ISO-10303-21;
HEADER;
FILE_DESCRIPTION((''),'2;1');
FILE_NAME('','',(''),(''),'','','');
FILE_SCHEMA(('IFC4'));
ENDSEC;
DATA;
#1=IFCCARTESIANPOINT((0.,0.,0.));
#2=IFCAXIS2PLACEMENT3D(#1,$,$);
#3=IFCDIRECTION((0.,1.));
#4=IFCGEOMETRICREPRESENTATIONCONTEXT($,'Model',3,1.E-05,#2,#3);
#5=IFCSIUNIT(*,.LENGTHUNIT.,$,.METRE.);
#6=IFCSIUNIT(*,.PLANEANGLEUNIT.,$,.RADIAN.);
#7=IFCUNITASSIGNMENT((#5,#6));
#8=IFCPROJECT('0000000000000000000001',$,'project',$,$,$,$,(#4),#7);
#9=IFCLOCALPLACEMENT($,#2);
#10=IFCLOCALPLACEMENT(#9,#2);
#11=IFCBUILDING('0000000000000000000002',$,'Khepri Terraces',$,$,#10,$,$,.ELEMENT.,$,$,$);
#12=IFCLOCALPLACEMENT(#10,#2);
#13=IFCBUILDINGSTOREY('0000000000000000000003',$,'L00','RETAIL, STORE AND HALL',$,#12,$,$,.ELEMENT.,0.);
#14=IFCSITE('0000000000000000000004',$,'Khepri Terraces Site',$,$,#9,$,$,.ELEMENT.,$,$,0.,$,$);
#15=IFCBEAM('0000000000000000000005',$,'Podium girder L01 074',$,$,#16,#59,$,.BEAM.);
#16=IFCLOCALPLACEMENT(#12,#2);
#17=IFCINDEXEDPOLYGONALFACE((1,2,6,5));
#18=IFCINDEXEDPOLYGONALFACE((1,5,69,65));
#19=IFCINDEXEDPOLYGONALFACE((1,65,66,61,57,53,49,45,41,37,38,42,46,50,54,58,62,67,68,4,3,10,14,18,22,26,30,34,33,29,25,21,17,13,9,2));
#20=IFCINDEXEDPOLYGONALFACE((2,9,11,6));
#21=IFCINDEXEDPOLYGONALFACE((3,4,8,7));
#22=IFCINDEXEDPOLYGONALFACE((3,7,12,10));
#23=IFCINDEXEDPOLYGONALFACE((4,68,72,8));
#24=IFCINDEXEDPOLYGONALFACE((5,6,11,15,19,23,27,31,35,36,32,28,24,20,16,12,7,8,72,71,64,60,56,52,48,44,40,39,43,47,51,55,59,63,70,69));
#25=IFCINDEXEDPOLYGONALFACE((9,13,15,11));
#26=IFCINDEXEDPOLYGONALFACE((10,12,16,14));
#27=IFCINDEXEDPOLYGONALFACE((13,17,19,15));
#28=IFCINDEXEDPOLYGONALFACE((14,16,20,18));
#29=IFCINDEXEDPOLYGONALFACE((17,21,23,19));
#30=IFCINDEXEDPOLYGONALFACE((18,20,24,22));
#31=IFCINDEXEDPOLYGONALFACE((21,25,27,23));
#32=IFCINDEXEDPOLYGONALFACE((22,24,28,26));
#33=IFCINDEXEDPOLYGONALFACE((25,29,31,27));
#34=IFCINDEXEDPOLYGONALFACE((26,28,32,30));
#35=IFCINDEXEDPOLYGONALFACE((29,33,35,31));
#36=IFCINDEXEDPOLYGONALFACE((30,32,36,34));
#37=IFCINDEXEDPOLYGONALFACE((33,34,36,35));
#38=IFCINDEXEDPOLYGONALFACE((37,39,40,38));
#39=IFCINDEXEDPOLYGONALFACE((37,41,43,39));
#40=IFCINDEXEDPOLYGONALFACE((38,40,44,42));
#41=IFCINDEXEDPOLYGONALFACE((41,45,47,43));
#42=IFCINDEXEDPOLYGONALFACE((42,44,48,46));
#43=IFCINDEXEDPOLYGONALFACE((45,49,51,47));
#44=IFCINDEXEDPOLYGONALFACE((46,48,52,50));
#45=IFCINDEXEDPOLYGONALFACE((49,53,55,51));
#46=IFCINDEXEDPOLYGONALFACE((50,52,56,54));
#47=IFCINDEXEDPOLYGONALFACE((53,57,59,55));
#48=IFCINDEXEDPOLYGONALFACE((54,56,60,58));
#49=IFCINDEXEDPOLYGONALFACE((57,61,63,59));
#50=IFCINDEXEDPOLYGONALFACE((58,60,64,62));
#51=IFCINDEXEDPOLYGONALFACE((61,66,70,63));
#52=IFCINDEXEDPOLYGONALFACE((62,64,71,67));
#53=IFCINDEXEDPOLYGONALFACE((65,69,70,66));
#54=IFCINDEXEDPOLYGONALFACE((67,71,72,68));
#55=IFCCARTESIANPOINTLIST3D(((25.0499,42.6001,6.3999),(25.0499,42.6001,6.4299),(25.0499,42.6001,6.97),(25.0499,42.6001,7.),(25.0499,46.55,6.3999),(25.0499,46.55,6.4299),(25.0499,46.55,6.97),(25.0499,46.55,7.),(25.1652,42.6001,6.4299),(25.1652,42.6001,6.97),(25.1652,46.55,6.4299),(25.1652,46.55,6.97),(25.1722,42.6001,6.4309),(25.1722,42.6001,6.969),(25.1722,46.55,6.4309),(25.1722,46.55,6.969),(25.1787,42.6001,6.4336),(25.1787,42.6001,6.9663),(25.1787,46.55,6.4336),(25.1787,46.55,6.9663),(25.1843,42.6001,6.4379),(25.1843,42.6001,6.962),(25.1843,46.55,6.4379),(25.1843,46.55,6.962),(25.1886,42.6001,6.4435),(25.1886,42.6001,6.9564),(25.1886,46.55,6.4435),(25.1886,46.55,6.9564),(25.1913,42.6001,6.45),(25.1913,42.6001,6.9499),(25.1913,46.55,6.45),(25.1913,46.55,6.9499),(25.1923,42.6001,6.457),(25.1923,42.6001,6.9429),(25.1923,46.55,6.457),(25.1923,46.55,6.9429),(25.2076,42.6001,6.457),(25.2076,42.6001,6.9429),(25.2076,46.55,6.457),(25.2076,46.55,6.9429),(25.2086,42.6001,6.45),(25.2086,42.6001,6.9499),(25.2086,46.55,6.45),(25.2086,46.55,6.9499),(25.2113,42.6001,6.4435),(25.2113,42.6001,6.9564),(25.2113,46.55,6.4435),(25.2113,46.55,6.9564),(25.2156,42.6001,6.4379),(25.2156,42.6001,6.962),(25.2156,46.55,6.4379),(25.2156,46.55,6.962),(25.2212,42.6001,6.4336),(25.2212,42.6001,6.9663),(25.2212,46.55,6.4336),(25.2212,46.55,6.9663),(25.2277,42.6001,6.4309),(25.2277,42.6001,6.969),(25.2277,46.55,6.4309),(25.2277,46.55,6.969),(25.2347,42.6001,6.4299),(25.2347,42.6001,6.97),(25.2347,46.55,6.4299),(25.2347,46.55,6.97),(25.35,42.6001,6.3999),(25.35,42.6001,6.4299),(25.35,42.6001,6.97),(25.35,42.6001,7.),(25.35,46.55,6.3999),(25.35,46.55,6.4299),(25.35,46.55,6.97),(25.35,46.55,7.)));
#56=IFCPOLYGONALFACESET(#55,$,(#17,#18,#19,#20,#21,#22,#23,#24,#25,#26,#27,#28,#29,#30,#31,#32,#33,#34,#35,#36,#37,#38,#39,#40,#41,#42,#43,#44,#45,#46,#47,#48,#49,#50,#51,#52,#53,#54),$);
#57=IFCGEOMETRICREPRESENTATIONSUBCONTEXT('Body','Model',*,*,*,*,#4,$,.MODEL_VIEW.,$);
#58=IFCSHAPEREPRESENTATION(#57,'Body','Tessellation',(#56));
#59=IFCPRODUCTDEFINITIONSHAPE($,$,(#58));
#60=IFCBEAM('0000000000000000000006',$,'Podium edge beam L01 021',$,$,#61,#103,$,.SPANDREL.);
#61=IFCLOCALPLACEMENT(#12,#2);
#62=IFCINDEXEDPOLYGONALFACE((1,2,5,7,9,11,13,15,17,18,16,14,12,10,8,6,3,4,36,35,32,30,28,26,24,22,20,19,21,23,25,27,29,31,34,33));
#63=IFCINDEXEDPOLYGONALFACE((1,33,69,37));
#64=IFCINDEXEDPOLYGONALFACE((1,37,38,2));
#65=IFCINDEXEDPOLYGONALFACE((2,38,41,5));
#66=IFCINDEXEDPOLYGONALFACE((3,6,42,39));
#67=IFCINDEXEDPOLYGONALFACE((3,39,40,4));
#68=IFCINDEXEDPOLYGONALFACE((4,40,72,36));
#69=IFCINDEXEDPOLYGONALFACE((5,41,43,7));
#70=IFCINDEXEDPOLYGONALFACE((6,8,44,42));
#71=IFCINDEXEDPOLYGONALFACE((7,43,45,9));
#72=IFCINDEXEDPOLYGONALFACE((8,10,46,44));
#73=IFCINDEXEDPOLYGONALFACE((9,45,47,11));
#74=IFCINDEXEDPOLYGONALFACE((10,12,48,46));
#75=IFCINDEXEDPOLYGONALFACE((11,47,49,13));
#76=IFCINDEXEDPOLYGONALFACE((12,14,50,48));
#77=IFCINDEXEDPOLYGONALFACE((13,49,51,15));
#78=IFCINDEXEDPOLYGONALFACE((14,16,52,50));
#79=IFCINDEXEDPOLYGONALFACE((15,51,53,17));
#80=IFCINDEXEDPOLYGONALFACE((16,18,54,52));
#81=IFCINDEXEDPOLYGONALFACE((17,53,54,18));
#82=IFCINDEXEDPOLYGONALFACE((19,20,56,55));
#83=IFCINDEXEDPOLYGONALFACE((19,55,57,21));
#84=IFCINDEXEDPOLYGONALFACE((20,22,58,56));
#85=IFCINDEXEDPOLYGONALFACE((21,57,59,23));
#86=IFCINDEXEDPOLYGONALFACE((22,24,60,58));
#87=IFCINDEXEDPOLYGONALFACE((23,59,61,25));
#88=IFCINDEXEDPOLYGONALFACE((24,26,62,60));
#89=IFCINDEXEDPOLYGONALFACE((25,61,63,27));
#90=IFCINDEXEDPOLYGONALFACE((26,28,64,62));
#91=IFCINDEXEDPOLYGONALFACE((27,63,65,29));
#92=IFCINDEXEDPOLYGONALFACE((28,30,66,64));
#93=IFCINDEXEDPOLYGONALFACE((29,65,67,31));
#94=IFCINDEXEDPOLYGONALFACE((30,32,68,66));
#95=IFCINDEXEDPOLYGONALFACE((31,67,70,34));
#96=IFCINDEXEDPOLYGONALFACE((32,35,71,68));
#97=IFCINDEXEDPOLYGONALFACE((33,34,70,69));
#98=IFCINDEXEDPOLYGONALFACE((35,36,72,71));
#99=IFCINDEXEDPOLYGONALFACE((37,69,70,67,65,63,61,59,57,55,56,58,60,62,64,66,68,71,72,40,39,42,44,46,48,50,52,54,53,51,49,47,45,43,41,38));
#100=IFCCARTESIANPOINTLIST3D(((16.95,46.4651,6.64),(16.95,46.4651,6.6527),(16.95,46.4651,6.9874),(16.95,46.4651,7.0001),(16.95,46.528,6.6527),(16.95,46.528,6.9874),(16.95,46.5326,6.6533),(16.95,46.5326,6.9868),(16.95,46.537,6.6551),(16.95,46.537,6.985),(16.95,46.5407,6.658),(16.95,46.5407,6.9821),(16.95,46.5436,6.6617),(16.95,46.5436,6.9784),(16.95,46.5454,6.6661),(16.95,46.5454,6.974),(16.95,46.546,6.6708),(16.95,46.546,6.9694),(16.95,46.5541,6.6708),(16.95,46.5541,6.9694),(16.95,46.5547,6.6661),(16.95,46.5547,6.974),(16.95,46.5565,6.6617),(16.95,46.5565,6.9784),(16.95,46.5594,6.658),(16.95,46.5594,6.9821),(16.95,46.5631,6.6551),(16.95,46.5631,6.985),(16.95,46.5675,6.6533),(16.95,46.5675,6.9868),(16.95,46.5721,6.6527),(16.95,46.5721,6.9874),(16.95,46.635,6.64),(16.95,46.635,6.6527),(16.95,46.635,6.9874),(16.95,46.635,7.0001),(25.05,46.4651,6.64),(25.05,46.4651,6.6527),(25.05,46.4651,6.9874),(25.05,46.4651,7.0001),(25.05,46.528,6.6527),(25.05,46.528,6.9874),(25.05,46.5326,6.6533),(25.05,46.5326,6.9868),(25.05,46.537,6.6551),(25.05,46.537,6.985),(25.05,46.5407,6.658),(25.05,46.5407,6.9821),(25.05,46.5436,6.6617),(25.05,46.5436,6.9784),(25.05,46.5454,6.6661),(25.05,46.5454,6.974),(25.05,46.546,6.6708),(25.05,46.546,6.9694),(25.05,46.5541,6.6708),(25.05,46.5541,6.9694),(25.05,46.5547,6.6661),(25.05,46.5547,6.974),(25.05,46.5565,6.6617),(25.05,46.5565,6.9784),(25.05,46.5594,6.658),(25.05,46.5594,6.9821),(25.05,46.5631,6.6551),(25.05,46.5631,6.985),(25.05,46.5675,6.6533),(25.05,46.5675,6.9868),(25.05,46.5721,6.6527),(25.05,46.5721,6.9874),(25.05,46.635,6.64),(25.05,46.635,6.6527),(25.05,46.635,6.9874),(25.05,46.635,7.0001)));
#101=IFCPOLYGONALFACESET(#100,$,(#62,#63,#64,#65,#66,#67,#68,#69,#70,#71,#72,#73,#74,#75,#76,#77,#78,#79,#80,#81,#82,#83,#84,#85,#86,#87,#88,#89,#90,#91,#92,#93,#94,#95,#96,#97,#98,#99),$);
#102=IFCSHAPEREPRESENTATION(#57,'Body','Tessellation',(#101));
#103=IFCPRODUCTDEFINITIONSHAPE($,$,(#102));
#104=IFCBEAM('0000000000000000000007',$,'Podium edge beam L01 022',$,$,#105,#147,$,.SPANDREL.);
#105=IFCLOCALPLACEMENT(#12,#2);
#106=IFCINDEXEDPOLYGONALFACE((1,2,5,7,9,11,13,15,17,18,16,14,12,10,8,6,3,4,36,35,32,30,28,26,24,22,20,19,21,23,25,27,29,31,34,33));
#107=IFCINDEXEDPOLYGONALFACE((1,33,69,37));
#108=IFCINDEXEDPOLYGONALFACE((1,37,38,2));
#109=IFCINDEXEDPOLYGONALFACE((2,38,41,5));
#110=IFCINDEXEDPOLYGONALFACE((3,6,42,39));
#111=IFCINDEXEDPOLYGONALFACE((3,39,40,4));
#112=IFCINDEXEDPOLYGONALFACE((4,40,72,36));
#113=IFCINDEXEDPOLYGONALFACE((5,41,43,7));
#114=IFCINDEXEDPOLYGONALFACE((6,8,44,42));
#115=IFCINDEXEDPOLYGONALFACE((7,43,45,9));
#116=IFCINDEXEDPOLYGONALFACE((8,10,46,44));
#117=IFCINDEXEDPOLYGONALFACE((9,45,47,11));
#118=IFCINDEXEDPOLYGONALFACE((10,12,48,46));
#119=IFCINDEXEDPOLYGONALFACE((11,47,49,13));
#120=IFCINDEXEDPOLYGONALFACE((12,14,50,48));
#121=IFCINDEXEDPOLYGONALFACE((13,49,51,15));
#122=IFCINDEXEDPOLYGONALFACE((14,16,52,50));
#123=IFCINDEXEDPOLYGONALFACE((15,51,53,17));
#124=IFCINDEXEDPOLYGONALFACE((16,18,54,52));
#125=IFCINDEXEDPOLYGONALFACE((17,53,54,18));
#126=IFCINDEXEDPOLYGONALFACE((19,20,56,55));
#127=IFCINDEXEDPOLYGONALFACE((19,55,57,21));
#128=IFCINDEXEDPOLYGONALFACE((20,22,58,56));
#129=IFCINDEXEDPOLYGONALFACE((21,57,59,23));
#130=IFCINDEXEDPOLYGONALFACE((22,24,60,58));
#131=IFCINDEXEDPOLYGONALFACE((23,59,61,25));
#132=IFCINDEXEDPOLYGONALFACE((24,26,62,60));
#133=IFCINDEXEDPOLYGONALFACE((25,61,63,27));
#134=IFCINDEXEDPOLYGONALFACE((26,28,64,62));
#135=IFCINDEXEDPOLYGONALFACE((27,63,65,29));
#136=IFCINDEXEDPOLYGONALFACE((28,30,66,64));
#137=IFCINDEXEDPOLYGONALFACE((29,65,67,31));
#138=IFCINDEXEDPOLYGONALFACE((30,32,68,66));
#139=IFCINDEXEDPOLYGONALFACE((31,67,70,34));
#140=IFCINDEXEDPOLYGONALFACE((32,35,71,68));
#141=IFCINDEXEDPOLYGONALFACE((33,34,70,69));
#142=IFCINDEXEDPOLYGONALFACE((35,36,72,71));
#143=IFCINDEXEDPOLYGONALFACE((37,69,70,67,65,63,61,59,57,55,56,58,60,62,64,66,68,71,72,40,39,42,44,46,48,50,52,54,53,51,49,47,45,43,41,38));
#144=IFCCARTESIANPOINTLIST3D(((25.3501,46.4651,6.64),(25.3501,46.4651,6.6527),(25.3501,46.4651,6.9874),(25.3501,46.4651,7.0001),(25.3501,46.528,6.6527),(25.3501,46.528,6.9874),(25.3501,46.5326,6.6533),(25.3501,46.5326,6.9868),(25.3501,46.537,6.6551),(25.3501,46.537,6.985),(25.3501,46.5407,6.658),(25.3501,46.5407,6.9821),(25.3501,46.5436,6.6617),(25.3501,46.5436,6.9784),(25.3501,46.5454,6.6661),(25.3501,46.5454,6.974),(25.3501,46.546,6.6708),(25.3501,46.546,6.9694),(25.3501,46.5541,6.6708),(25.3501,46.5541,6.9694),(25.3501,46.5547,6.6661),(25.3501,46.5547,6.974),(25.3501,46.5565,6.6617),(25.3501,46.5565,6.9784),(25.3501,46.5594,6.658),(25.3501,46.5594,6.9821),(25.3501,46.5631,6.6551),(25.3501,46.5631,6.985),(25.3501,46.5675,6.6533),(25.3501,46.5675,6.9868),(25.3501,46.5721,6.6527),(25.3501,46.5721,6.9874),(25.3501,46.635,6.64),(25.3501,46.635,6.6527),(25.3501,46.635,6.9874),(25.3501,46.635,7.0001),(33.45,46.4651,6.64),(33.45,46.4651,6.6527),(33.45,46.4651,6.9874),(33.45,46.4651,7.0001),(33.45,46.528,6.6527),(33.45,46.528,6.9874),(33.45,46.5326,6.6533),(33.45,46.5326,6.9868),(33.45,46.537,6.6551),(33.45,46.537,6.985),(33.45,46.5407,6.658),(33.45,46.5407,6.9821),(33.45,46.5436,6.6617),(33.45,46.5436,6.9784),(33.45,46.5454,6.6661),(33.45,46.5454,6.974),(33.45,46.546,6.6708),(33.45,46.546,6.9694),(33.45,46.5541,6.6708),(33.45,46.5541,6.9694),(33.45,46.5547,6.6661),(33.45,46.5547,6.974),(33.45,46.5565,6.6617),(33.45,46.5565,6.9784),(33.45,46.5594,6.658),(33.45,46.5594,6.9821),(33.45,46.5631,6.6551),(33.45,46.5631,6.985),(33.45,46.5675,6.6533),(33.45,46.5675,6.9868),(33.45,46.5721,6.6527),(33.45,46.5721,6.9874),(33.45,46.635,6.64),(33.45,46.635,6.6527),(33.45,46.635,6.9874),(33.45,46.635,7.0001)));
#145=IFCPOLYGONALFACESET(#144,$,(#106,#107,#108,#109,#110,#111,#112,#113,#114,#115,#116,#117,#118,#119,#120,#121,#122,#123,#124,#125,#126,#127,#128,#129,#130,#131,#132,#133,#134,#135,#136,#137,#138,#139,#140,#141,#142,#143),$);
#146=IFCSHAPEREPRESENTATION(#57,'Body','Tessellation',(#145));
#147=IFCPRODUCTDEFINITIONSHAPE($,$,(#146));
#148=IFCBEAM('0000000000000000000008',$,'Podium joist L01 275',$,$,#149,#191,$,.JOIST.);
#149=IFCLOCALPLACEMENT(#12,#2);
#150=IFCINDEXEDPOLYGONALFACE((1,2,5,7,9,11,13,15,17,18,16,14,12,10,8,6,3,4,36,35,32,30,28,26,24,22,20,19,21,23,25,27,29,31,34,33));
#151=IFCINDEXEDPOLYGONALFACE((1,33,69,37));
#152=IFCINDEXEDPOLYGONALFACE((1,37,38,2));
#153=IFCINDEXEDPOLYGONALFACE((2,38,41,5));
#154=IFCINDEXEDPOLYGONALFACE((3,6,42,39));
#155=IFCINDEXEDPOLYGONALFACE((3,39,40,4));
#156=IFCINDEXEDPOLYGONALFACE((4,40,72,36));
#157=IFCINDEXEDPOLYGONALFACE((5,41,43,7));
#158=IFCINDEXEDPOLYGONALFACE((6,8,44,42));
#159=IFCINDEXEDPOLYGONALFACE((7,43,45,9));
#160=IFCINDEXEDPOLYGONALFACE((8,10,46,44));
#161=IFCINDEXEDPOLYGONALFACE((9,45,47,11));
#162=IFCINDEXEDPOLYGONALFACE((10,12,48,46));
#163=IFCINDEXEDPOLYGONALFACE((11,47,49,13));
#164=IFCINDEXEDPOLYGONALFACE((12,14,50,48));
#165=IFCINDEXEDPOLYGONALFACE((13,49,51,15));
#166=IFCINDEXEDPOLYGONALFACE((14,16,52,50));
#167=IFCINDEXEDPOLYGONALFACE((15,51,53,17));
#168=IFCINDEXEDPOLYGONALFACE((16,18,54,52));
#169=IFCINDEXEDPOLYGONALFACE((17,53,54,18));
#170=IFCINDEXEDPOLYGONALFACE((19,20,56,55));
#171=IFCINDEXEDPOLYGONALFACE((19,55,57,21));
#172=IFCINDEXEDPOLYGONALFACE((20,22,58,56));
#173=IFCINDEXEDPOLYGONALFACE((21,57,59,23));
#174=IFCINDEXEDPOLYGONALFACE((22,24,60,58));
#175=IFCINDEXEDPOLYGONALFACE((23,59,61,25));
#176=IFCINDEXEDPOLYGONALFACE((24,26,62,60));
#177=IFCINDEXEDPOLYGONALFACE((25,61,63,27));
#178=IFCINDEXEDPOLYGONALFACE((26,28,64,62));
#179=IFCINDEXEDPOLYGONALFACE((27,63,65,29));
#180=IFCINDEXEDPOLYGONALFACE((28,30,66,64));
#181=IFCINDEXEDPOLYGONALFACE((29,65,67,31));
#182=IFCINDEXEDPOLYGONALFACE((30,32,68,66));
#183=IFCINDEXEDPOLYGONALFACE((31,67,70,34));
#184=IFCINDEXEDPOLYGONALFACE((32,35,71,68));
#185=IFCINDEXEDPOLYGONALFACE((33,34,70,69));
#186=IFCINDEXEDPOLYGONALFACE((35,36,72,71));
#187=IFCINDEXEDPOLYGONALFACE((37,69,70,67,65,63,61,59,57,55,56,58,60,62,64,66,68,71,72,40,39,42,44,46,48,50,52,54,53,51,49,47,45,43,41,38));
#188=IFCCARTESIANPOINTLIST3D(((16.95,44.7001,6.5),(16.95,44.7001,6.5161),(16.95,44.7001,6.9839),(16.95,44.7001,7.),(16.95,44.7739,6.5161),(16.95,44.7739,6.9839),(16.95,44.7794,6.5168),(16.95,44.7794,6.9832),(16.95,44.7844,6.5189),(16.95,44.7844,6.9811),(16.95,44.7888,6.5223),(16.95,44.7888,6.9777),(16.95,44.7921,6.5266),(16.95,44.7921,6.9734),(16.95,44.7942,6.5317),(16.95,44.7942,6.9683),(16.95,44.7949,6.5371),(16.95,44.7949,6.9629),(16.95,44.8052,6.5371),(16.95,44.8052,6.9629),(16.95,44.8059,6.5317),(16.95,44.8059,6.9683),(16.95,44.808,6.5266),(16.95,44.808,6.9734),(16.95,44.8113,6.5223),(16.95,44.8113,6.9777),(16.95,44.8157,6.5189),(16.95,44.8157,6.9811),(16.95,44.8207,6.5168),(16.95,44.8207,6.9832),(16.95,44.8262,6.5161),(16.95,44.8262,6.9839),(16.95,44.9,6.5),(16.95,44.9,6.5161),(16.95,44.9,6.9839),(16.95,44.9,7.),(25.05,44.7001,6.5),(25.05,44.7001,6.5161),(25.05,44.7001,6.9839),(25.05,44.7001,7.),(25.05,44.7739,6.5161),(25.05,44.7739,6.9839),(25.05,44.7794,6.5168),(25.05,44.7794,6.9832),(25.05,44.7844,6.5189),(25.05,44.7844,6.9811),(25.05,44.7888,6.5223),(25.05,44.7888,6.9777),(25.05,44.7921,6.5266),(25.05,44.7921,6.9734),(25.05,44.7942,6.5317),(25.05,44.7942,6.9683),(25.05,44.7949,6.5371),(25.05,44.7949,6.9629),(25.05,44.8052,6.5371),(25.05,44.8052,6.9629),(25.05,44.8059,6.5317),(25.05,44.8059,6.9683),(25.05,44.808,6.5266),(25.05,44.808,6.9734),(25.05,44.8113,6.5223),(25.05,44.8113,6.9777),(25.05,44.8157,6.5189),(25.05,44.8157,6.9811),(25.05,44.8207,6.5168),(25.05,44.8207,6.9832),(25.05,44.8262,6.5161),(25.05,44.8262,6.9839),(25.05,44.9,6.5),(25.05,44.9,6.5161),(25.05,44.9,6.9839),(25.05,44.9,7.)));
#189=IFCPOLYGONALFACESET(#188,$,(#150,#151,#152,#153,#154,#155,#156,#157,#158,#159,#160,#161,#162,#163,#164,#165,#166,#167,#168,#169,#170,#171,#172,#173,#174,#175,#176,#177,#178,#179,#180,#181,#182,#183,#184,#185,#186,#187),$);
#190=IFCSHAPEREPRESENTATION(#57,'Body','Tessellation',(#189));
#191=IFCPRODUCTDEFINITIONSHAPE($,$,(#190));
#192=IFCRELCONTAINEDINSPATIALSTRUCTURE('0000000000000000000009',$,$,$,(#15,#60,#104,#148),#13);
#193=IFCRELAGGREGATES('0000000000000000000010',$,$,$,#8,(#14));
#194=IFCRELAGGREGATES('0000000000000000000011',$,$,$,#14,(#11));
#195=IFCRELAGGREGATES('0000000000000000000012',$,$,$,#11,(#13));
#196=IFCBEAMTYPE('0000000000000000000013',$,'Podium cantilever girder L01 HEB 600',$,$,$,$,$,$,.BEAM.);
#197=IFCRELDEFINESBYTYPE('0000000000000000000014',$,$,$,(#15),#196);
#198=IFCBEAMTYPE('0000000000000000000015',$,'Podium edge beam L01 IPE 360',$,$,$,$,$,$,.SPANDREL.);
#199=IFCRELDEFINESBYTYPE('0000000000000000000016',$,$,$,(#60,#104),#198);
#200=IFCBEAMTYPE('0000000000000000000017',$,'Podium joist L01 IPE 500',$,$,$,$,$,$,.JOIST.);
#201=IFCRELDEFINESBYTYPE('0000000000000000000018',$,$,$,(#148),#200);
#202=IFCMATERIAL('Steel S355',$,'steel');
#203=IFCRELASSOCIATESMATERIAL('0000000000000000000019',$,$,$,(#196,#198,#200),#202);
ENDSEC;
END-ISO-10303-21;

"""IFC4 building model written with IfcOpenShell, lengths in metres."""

from ifc_helpers import new_model, si_unit, direction, frame, origin, origin_2d, place, context, subcontext, project, spatial, i_section, extrude, material, material_profile, profile_set, type_object, element, save


model = new_model("IFC4")

# Units and contexts
model_context = context("Model", 3, precision=1e-05, world=origin(), true_north=direction((0.0, 1.0)))
body_context = subcontext(model_context, "Body", "Model", "MODEL_VIEW")
ifc_project = project(units=[si_unit("LENGTHUNIT", "METRE"), si_unit("PLANEANGLEUNIT", "RADIAN")], contexts=[model_context])

# Site, building, storey
site_placement = place(None, origin())
site = spatial("IfcSite", under=ifc_project, at=site_placement, Name="Khepri Terraces Site", CompositionType="ELEMENT", RefElevation=0.0)
building_placement = place(site_placement, origin())
building = spatial("IfcBuilding", under=site, at=building_placement, Name="Khepri Terraces", CompositionType="ELEMENT")
storey_placement = place(building_placement, origin())
storey = spatial("IfcBuildingStorey", under=building, at=storey_placement, Name="L00", Description="RETAIL, STORE AND HALL", CompositionType="ELEMENT", Elevation=0.0)

# Beams
ifc_material_1 = material(Name="Steel S355", Category="steel")
ifc_material_profile_1 = material_profile(ifc_material_1, i_section(OverallWidth=0.3, OverallDepth=0.6001, WebThickness=0.0154, FlangeThickness=0.03, FilletRadius=0.0271, at=origin_2d()), Name="Steel S355", Category="steel")
ifc_profile_set_1 = profile_set([ifc_material_profile_1], Name="Steel S355")
beam_type_1 = type_object("IfcBeamType", Name="Podium cantilever girder L01 HEB 600", PredefinedType="BEAM", material=ifc_profile_set_1)
for number, where, z_axis, x_axis, name in (
    (1, (25.2, 42.6001, 6.7), (0.0, 1.0, 0.0), (-1.0, 0.0, 0.0), "Podium girder L01 074"),
):
    element("IfcBeam", number, at=place(storey_placement, frame(where, z_axis=z_axis, x_axis=x_axis)), inside=storey, type_object=beam_type_1, Name=name, PredefinedType="BEAM", context=body_context, shape_type="SweptSolid", body=[
        extrude(i_section(OverallWidth=0.3, OverallDepth=0.6001, WebThickness=0.0154, FlangeThickness=0.03, FilletRadius=0.0271, at=origin_2d()), origin(), (0.0, 0.0, 1.0), 3.95),
    ])
ifc_material_profile_2 = material_profile(ifc_material_1, i_section(OverallWidth=0.1699, OverallDepth=0.3601, WebThickness=0.0081, FlangeThickness=0.0127, FilletRadius=0.0181, at=origin_2d()), Name="Steel S355", Category="steel")
ifc_profile_set_2 = profile_set([ifc_material_profile_2], Name="Steel S355")
beam_type_2 = type_object("IfcBeamType", Name="Podium edge beam L01 IPE 360", PredefinedType="SPANDREL", material=ifc_profile_set_2)
beam_1_placement = place(storey_placement, frame((16.95, 46.55, 6.8201), z_axis=(1.0, 0.0, 0.0), x_axis=(0.0, 1.0, 0.0)))
element("IfcBeam", 2, at=beam_1_placement, inside=storey, type_object=beam_type_2, Name="Podium edge beam L01 021", PredefinedType="SPANDREL", context=body_context, shape_type="SweptSolid", body=[
    extrude(i_section(OverallWidth=0.1699, OverallDepth=0.3601, WebThickness=0.0081, FlangeThickness=0.0127, FilletRadius=0.0181, at=origin_2d()), origin(), (0.0, 0.0, 1.0), 8.1001),
])
beam_2_placement = place(storey_placement, frame((25.3501, 46.55, 6.8201), z_axis=(1.0, 0.0, 0.0), x_axis=(0.0, 1.0, 0.0)))
element("IfcBeam", 3, at=beam_2_placement, inside=storey, type_object=beam_type_2, Name="Podium edge beam L01 022", PredefinedType="SPANDREL", context=body_context, shape_type="SweptSolid", body=[
    extrude(i_section(OverallWidth=0.1699, OverallDepth=0.3601, WebThickness=0.0081, FlangeThickness=0.0127, FilletRadius=0.0181, at=origin_2d()), origin(), (0.0, 0.0, 1.0), 8.0999),
])
ifc_material_profile_3 = material_profile(ifc_material_1, i_section(OverallWidth=0.2, OverallDepth=0.5, WebThickness=0.0103, FlangeThickness=0.0161, FilletRadius=0.021, at=origin_2d()), Name="Steel S355", Category="steel")
ifc_profile_set_3 = profile_set([ifc_material_profile_3], Name="Steel S355")
beam_type_3 = type_object("IfcBeamType", Name="Podium joist L01 IPE 500", PredefinedType="JOIST", material=ifc_profile_set_3)
beam_3_placement = place(storey_placement, frame((16.95, 44.8, 6.75), z_axis=(1.0, 0.0, 0.0), x_axis=(0.0, 1.0, 0.0)))
element("IfcBeam", 4, at=beam_3_placement, inside=storey, type_object=beam_type_3, Name="Podium joist L01 275", PredefinedType="JOIST", context=body_context, shape_type="SweptSolid", body=[
    extrude(i_section(OverallWidth=0.2, OverallDepth=0.5, WebThickness=0.0103, FlangeThickness=0.0161, FilletRadius=0.021, at=origin_2d()), origin(), (0.0, 0.0, 1.0), 8.1001),
])

save(model, "model.ifc")
